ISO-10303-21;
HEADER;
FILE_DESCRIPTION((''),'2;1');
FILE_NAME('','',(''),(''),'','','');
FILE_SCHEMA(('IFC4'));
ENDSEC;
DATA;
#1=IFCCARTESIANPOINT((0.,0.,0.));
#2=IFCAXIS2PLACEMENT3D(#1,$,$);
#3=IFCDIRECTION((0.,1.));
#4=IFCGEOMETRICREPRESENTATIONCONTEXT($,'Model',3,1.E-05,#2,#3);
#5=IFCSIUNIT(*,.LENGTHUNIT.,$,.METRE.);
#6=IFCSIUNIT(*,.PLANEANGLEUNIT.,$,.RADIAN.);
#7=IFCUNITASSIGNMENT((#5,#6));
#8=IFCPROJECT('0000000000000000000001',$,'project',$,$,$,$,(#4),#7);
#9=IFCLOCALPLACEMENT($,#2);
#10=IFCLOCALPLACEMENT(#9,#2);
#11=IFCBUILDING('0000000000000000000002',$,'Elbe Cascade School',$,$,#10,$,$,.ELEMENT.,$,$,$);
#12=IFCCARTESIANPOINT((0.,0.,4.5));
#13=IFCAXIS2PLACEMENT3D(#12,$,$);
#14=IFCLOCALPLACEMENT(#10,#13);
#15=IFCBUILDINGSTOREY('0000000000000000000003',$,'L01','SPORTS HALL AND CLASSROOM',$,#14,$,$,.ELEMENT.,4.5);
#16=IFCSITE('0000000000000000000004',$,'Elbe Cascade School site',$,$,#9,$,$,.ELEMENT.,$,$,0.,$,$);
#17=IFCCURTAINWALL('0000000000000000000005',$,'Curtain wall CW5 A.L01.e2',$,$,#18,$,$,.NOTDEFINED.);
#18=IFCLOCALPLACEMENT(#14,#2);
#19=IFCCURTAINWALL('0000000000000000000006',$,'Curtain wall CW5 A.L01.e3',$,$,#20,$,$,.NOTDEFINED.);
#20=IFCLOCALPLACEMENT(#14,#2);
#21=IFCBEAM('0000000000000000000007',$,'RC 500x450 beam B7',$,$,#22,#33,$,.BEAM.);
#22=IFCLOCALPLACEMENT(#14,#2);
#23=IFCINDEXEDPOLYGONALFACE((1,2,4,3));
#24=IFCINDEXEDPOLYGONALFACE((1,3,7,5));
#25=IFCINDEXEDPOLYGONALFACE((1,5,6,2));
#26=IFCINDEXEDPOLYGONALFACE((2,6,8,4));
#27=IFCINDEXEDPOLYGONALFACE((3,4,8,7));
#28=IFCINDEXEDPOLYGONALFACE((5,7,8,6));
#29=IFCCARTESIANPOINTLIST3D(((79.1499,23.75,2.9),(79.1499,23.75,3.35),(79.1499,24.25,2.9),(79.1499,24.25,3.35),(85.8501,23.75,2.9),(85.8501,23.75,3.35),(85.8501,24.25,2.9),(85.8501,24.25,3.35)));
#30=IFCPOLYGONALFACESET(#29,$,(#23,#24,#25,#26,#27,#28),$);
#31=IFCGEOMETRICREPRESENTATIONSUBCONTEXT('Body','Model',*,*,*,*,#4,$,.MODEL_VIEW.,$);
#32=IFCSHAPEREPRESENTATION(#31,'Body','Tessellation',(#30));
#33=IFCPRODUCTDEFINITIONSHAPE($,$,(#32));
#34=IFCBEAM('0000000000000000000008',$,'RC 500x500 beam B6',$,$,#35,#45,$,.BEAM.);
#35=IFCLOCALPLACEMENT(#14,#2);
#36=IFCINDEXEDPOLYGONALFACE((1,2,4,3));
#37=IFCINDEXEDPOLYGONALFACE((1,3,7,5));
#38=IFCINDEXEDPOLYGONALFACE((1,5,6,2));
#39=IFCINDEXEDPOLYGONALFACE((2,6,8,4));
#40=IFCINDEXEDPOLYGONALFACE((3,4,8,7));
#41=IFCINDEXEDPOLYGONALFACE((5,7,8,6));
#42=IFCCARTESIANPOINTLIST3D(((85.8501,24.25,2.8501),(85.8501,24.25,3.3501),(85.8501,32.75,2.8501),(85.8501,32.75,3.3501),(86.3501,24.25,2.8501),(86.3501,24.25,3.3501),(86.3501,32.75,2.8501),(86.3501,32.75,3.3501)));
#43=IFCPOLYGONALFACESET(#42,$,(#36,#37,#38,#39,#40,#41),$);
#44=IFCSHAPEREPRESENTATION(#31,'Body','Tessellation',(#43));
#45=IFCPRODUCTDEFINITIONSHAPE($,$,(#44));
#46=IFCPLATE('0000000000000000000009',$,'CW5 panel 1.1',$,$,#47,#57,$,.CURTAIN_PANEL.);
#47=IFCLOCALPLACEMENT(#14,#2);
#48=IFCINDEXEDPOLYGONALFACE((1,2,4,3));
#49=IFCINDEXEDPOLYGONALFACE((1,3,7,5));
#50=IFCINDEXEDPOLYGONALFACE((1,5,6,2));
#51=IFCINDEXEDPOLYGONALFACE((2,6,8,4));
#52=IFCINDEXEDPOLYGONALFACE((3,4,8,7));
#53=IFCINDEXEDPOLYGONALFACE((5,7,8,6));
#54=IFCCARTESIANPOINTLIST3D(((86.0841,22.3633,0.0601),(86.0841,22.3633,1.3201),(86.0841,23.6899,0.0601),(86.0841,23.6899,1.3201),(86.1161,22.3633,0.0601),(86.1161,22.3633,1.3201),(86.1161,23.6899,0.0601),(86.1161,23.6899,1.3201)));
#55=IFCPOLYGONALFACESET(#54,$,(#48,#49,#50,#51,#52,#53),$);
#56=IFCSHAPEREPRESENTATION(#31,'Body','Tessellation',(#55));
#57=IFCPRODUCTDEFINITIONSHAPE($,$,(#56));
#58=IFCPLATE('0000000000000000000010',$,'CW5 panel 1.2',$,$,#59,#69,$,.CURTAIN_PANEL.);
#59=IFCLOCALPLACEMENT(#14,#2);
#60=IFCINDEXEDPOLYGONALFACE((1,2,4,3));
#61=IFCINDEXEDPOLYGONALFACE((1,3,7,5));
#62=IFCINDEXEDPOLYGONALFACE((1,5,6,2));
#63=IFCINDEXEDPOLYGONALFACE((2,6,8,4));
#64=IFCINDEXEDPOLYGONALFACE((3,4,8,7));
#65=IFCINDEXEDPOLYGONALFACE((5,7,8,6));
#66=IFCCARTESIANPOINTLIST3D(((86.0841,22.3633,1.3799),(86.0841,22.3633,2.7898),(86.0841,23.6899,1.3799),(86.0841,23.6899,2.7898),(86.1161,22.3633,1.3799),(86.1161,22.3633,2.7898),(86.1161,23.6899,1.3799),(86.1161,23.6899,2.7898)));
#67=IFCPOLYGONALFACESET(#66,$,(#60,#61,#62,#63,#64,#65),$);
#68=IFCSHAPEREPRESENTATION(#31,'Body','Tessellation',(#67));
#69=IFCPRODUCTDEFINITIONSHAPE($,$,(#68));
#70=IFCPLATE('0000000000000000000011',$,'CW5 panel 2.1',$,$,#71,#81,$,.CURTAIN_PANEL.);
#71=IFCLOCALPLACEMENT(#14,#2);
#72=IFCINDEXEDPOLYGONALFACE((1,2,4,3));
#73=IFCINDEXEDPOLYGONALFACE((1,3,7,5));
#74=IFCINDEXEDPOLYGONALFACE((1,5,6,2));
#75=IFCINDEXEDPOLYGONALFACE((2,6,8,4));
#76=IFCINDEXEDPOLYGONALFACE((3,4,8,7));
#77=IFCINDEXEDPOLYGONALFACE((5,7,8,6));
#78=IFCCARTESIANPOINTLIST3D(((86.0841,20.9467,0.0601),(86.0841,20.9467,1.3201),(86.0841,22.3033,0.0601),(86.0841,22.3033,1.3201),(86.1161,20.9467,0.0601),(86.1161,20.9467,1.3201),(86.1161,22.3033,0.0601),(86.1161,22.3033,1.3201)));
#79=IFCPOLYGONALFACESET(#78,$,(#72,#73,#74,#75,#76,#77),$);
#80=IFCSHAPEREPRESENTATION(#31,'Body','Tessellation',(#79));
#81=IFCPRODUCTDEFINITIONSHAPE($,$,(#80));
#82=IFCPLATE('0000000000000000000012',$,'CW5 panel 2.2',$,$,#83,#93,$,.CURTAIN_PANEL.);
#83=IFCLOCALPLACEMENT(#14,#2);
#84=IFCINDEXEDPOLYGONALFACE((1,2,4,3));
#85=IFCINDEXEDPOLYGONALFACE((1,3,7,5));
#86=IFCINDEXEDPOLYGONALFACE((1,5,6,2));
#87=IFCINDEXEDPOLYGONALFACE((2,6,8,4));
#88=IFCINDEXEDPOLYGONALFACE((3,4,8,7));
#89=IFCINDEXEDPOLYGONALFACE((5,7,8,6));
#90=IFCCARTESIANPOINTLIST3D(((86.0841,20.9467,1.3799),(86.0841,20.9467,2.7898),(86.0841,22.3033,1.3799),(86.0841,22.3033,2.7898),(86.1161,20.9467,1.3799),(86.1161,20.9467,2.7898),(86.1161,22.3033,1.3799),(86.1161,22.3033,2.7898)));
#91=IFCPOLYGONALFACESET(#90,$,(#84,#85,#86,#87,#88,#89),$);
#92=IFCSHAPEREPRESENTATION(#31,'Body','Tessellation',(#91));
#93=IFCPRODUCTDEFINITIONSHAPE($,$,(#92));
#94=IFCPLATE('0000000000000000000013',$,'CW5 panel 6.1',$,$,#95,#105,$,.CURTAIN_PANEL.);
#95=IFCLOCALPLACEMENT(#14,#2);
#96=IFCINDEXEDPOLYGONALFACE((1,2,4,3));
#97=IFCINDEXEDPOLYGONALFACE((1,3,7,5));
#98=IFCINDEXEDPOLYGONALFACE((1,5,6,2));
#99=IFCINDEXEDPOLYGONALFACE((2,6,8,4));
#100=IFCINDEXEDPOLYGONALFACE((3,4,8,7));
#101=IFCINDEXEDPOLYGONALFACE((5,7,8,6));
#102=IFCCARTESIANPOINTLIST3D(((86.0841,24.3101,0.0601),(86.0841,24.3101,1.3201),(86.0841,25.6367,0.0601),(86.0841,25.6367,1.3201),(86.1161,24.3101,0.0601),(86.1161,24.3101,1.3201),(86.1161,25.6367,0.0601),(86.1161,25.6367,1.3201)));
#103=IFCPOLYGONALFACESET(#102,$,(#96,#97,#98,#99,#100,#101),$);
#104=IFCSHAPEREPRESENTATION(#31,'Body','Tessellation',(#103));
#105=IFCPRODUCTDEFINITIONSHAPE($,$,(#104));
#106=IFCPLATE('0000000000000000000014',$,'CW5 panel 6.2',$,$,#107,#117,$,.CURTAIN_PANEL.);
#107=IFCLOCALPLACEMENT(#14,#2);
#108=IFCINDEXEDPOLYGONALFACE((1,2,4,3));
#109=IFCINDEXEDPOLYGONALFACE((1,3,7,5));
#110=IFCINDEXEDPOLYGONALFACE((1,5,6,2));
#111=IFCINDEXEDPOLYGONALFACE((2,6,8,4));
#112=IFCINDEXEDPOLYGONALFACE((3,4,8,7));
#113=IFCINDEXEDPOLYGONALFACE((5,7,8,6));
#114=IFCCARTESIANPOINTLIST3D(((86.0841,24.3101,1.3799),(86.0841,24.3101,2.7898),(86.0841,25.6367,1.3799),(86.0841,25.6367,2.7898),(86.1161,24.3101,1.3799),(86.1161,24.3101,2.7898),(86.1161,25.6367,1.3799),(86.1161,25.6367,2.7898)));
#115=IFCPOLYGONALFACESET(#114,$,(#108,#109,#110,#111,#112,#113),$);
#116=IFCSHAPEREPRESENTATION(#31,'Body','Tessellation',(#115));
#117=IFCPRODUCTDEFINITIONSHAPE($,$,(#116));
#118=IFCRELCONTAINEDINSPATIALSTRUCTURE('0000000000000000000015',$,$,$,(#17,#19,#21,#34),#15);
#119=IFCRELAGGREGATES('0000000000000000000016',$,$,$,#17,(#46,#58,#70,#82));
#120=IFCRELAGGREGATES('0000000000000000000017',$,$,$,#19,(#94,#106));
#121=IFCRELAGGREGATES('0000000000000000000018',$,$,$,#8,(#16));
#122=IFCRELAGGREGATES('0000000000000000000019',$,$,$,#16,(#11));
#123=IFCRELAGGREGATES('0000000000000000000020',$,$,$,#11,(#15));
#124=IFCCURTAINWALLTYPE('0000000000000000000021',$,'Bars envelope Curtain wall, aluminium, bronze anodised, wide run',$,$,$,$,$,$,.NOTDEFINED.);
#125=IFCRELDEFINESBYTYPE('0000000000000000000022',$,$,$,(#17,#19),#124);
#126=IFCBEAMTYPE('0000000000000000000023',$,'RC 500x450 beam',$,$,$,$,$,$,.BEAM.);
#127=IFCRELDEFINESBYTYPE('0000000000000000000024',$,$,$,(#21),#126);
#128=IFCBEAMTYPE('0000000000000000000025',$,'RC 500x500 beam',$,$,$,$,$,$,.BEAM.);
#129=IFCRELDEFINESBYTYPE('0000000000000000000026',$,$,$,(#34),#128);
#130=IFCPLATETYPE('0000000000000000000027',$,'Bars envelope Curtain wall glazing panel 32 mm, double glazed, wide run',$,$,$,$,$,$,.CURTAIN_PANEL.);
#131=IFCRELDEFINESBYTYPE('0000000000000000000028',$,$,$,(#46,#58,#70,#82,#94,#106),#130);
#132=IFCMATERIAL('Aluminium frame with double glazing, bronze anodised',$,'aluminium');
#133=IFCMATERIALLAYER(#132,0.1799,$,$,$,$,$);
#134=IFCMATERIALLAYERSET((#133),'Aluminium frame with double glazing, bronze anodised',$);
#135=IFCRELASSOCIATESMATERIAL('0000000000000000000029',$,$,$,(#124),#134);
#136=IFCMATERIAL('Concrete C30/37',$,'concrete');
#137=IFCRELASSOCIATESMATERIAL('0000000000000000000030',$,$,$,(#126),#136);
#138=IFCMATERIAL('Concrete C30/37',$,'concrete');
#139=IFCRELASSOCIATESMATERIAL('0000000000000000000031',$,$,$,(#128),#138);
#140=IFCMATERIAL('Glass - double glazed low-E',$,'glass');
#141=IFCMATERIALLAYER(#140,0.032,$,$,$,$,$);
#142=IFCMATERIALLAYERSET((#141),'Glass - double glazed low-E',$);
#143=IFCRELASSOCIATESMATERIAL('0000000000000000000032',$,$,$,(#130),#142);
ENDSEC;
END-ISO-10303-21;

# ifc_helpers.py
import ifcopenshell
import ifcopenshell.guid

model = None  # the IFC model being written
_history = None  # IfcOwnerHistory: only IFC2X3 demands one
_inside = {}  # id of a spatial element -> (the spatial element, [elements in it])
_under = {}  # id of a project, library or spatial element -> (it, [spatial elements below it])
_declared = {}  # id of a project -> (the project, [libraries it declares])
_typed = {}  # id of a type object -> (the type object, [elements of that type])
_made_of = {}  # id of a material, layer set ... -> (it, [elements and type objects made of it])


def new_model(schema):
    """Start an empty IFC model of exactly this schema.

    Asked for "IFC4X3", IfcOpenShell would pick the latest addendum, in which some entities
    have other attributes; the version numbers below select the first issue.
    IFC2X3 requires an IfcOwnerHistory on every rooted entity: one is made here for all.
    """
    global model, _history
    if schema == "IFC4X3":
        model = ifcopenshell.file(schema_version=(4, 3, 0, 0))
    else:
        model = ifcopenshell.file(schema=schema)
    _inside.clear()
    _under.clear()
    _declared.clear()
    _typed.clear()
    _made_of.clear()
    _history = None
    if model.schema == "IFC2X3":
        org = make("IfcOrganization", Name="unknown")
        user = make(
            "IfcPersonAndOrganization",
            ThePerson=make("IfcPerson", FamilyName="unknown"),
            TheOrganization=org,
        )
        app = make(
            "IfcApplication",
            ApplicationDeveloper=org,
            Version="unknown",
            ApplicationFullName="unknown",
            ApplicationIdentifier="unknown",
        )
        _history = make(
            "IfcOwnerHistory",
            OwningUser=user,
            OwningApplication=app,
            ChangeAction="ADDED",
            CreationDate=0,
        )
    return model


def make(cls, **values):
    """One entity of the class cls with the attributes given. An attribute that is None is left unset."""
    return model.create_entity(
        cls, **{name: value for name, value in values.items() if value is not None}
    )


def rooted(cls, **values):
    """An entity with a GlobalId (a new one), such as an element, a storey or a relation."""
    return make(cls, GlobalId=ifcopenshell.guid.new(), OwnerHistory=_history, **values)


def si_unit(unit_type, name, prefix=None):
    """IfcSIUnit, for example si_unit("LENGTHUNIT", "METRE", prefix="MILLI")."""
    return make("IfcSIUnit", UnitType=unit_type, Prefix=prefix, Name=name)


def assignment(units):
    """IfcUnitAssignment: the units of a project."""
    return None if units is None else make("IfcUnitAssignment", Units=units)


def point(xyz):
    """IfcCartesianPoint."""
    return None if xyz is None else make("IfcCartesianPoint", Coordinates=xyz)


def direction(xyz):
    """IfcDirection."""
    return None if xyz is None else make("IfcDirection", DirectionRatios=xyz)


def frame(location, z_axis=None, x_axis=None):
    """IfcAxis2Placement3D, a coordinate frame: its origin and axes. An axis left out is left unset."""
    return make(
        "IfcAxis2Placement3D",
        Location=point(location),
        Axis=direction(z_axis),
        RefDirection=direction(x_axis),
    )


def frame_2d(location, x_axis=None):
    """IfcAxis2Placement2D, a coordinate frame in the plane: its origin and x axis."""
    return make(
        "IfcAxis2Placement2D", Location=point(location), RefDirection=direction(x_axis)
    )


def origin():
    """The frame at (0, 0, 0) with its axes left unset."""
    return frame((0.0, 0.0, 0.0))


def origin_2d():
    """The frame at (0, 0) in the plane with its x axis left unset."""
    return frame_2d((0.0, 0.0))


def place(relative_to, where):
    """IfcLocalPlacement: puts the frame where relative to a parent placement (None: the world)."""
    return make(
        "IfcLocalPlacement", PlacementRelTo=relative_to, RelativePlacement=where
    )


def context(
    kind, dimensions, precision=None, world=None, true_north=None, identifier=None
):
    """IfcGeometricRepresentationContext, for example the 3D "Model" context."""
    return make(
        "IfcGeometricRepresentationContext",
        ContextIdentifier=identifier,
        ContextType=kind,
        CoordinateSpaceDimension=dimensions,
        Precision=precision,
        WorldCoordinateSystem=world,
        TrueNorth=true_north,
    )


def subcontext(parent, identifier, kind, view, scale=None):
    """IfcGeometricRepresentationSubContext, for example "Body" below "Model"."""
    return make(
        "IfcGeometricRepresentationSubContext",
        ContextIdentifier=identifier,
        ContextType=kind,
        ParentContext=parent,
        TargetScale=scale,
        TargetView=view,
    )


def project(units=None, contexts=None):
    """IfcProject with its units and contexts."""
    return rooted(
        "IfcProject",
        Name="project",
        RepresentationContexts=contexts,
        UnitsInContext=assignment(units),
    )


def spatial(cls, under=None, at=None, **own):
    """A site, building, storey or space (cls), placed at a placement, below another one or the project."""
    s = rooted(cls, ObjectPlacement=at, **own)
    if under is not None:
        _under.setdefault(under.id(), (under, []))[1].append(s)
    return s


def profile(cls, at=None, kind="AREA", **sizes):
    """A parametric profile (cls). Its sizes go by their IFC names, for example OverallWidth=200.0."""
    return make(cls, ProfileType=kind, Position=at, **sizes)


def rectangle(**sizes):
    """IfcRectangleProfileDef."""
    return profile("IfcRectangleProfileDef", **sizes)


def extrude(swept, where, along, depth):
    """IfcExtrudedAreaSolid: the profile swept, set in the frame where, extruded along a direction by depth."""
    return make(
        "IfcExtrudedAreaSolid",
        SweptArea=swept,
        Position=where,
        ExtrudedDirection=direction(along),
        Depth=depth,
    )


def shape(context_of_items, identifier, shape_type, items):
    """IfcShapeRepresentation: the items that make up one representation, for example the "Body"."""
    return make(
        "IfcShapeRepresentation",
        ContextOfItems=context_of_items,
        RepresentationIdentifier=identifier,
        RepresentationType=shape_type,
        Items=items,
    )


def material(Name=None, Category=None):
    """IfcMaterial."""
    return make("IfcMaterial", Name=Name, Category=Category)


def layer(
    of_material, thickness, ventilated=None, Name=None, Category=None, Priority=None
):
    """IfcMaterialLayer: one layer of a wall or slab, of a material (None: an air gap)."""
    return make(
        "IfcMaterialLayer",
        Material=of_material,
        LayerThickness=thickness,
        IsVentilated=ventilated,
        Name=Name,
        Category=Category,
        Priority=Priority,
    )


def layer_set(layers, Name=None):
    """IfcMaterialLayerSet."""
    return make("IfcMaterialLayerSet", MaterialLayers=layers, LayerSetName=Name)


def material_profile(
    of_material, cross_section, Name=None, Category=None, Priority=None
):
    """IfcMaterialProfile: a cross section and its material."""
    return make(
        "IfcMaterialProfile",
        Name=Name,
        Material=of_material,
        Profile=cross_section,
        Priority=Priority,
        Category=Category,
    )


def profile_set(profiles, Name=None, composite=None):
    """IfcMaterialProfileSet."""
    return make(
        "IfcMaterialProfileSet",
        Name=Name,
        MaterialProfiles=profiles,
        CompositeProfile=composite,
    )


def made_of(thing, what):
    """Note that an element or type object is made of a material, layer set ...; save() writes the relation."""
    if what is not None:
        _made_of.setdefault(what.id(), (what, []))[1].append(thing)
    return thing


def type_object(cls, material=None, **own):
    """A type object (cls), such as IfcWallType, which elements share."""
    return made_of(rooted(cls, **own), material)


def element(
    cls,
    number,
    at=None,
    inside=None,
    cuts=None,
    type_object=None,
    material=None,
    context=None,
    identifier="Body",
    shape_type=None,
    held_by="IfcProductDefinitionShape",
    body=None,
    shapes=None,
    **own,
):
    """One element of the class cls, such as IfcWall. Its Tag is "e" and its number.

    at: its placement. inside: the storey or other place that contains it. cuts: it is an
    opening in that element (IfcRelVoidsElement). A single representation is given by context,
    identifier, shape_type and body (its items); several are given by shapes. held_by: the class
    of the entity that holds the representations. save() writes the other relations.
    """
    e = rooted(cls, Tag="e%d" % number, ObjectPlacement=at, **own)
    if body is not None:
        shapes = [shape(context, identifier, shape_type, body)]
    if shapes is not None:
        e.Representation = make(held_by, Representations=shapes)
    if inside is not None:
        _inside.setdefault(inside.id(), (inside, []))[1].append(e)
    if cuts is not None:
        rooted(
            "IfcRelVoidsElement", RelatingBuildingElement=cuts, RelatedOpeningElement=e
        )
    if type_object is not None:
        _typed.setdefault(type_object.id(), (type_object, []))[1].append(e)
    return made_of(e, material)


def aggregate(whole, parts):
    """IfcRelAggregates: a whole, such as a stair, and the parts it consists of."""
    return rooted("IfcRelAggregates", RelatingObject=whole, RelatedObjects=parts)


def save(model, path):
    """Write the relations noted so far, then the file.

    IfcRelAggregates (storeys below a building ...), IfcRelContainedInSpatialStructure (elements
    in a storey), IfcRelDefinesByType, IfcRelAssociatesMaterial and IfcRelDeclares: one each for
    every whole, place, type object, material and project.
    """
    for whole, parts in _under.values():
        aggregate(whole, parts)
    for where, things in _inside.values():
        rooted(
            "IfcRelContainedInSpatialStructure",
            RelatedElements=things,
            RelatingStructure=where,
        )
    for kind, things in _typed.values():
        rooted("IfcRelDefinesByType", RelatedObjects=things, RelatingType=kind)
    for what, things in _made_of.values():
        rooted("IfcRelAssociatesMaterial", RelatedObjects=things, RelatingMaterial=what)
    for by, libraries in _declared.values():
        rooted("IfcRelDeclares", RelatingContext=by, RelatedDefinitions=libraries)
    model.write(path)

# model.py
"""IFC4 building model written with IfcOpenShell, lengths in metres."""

from ifc_helpers import new_model, si_unit, direction, frame, origin, origin_2d, place, context, subcontext, project, spatial, rectangle, extrude, material, layer, layer_set, material_profile, profile_set, type_object, element, aggregate, save


model = new_model("IFC4")

# Units and contexts
model_context = context("Model", 3, precision=1e-05, world=origin(), true_north=direction((0.0, 1.0)))
body_context = subcontext(model_context, "Body", "Model", "MODEL_VIEW")
ifc_project = project(units=[si_unit("LENGTHUNIT", "METRE"), si_unit("PLANEANGLEUNIT", "RADIAN")], contexts=[model_context])

# Site, building, storey
site_placement = place(None, origin())
site = spatial("IfcSite", under=ifc_project, at=site_placement, Name="Elbe Cascade School site", CompositionType="ELEMENT", RefElevation=0.0)
building_placement = place(site_placement, origin())
building = spatial("IfcBuilding", under=site, at=building_placement, Name="Elbe Cascade School", CompositionType="ELEMENT")
storey_placement = place(building_placement, frame((0.0, 0.0, 4.5)))
storey = spatial("IfcBuildingStorey", under=building, at=storey_placement, Name="L01", Description="SPORTS HALL AND CLASSROOM", CompositionType="ELEMENT", Elevation=4.5)

# Curtain walls
ifc_material_1 = material(Name="Aluminium frame with double glazing, bronze anodised", Category="aluminium")
ifc_layer_1 = layer(ifc_material_1, 0.1799)
ifc_layer_set_1 = layer_set([ifc_layer_1], Name="Aluminium frame with double glazing, bronze anodised")
curtain_wall_type = type_object("IfcCurtainWallType", Name="Bars envelope Curtain wall, aluminium, bronze anodised, wide run", PredefinedType="NOTDEFINED", material=ifc_layer_set_1)
curtain_wall_1_placement = place(storey_placement, origin())
curtain_wall_1 = element("IfcCurtainWall", 1, at=curtain_wall_1_placement, inside=storey, type_object=curtain_wall_type, Name="Curtain wall CW5 A.L01.e2", PredefinedType="NOTDEFINED")
curtain_wall_2_placement = place(storey_placement, origin())
curtain_wall_2 = element("IfcCurtainWall", 2, at=curtain_wall_2_placement, inside=storey, type_object=curtain_wall_type, Name="Curtain wall CW5 A.L01.e3", PredefinedType="NOTDEFINED")

# Beams
ifc_material_2 = material(Name="Concrete C30/37", Category="concrete")
ifc_material_profile_1 = material_profile(ifc_material_2, rectangle(XDim=0.5, YDim=0.45, at=origin_2d()), Name="RC 500x450")
ifc_profile_set_1 = profile_set([ifc_material_profile_1], Name="Concrete C30/37")
beam_type_1 = type_object("IfcBeamType", Name="RC 500x450 beam", PredefinedType="BEAM", material=ifc_profile_set_1)
beam_1_placement = place(storey_placement, frame((79.1499, 24.0, 3.125), z_axis=(1.0, 0.0, 0.0), x_axis=(0.0, 1.0, 0.0)))
element("IfcBeam", 3, at=beam_1_placement, inside=storey, type_object=beam_type_1, Name="RC 500x450 beam B7", PredefinedType="BEAM", context=body_context, shape_type="SweptSolid", body=[
    extrude(rectangle(XDim=0.5, YDim=0.45, at=origin_2d()), origin(), (0.0, 0.0, 1.0), 6.7002),
])
ifc_material_3 = material(Name="Concrete C30/37", Category="concrete")
ifc_material_profile_2 = material_profile(ifc_material_3, rectangle(XDim=0.5, YDim=0.5, at=origin_2d()), Name="RC 500x500")
ifc_profile_set_2 = profile_set([ifc_material_profile_2], Name="Concrete C30/37")
beam_type_2 = type_object("IfcBeamType", Name="RC 500x500 beam", PredefinedType="BEAM", material=ifc_profile_set_2)
beam_2_placement = place(storey_placement, frame((86.1001, 24.25, 3.1001), z_axis=(0.0, 1.0, 0.0), x_axis=(-1.0, 0.0, 0.0)))
element("IfcBeam", 4, at=beam_2_placement, inside=storey, type_object=beam_type_2, Name="RC 500x500 beam B6", PredefinedType="BEAM", context=body_context, shape_type="SweptSolid", body=[
    extrude(rectangle(XDim=0.5, YDim=0.5, at=origin_2d()), origin(), (0.0, 0.0, 1.0), 8.5),
])

# Plates
ifc_material_4 = material(Name="Glass - double glazed low-E", Category="glass")
ifc_layer_2 = layer(ifc_material_4, 0.032)
ifc_layer_set_2 = layer_set([ifc_layer_2], Name="Glass - double glazed low-E")
plate_type = type_object("IfcPlateType", Name="Bars envelope Curtain wall glazing panel 32 mm, double glazed, wide run", PredefinedType="CURTAIN_PANEL", material=ifc_layer_set_2)
plate_1_placement = place(storey_placement, frame((86.1001, 23.0266, 0.0601), z_axis=(0.0, 0.0, 1.0), x_axis=(0.0, -1.0, 0.0)))
plate_1 = element("IfcPlate", 5, at=plate_1_placement, type_object=plate_type, Name="CW5 panel 1.1", PredefinedType="CURTAIN_PANEL", context=body_context, shape_type="SweptSolid", body=[
    extrude(rectangle(XDim=1.3267, YDim=0.032, at=origin_2d()), origin(), (0.0, 0.0, 1.0), 1.26),
])
plate_2_placement = place(storey_placement, frame((86.1001, 23.0266, 1.3799), z_axis=(0.0, 0.0, 1.0), x_axis=(0.0, -1.0, 0.0)))
plate_2 = element("IfcPlate", 6, at=plate_2_placement, type_object=plate_type, Name="CW5 panel 1.2", PredefinedType="CURTAIN_PANEL", context=body_context, shape_type="SweptSolid", body=[
    extrude(rectangle(XDim=1.3267, YDim=0.032, at=origin_2d()), origin(), (0.0, 0.0, 1.0), 1.4099),
])
plate_3_placement = place(storey_placement, frame((86.1001, 21.625, 0.0601), z_axis=(0.0, 0.0, 1.0), x_axis=(0.0, -1.0, 0.0)))
plate_3 = element("IfcPlate", 7, at=plate_3_placement, type_object=plate_type, Name="CW5 panel 2.1", PredefinedType="CURTAIN_PANEL", context=body_context, shape_type="SweptSolid", body=[
    extrude(rectangle(XDim=1.3567, YDim=0.032, at=origin_2d()), origin(), (0.0, 0.0, 1.0), 1.26),
])
plate_4_placement = place(storey_placement, frame((86.1001, 21.625, 1.3799), z_axis=(0.0, 0.0, 1.0), x_axis=(0.0, -1.0, 0.0)))
plate_4 = element("IfcPlate", 8, at=plate_4_placement, type_object=plate_type, Name="CW5 panel 2.2", PredefinedType="CURTAIN_PANEL", context=body_context, shape_type="SweptSolid", body=[
    extrude(rectangle(XDim=1.3567, YDim=0.032, at=origin_2d()), origin(), (0.0, 0.0, 1.0), 1.4099),
])
aggregate(curtain_wall_1, [plate_1, plate_2, plate_3, plate_4])
plate_5_placement = place(storey_placement, frame((86.1001, 24.9734, 0.0601), z_axis=(0.0, 0.0, 1.0), x_axis=(0.0, -1.0, 0.0)))
plate_5 = element("IfcPlate", 9, at=plate_5_placement, type_object=plate_type, Name="CW5 panel 6.1", PredefinedType="CURTAIN_PANEL", context=body_context, shape_type="SweptSolid", body=[
    extrude(rectangle(XDim=1.3267, YDim=0.032, at=origin_2d()), origin(), (0.0, 0.0, 1.0), 1.26),
])
plate_6_placement = place(storey_placement, frame((86.1001, 24.9734, 1.3799), z_axis=(0.0, 0.0, 1.0), x_axis=(0.0, -1.0, 0.0)))
plate_6 = element("IfcPlate", 10, at=plate_6_placement, type_object=plate_type, Name="CW5 panel 6.2", PredefinedType="CURTAIN_PANEL", context=body_context, shape_type="SweptSolid", body=[
    extrude(rectangle(XDim=1.3267, YDim=0.032, at=origin_2d()), origin(), (0.0, 0.0, 1.0), 1.4099),
])
aggregate(curtain_wall_2, [plate_5, plate_6])

save(model, "model.ifc")
